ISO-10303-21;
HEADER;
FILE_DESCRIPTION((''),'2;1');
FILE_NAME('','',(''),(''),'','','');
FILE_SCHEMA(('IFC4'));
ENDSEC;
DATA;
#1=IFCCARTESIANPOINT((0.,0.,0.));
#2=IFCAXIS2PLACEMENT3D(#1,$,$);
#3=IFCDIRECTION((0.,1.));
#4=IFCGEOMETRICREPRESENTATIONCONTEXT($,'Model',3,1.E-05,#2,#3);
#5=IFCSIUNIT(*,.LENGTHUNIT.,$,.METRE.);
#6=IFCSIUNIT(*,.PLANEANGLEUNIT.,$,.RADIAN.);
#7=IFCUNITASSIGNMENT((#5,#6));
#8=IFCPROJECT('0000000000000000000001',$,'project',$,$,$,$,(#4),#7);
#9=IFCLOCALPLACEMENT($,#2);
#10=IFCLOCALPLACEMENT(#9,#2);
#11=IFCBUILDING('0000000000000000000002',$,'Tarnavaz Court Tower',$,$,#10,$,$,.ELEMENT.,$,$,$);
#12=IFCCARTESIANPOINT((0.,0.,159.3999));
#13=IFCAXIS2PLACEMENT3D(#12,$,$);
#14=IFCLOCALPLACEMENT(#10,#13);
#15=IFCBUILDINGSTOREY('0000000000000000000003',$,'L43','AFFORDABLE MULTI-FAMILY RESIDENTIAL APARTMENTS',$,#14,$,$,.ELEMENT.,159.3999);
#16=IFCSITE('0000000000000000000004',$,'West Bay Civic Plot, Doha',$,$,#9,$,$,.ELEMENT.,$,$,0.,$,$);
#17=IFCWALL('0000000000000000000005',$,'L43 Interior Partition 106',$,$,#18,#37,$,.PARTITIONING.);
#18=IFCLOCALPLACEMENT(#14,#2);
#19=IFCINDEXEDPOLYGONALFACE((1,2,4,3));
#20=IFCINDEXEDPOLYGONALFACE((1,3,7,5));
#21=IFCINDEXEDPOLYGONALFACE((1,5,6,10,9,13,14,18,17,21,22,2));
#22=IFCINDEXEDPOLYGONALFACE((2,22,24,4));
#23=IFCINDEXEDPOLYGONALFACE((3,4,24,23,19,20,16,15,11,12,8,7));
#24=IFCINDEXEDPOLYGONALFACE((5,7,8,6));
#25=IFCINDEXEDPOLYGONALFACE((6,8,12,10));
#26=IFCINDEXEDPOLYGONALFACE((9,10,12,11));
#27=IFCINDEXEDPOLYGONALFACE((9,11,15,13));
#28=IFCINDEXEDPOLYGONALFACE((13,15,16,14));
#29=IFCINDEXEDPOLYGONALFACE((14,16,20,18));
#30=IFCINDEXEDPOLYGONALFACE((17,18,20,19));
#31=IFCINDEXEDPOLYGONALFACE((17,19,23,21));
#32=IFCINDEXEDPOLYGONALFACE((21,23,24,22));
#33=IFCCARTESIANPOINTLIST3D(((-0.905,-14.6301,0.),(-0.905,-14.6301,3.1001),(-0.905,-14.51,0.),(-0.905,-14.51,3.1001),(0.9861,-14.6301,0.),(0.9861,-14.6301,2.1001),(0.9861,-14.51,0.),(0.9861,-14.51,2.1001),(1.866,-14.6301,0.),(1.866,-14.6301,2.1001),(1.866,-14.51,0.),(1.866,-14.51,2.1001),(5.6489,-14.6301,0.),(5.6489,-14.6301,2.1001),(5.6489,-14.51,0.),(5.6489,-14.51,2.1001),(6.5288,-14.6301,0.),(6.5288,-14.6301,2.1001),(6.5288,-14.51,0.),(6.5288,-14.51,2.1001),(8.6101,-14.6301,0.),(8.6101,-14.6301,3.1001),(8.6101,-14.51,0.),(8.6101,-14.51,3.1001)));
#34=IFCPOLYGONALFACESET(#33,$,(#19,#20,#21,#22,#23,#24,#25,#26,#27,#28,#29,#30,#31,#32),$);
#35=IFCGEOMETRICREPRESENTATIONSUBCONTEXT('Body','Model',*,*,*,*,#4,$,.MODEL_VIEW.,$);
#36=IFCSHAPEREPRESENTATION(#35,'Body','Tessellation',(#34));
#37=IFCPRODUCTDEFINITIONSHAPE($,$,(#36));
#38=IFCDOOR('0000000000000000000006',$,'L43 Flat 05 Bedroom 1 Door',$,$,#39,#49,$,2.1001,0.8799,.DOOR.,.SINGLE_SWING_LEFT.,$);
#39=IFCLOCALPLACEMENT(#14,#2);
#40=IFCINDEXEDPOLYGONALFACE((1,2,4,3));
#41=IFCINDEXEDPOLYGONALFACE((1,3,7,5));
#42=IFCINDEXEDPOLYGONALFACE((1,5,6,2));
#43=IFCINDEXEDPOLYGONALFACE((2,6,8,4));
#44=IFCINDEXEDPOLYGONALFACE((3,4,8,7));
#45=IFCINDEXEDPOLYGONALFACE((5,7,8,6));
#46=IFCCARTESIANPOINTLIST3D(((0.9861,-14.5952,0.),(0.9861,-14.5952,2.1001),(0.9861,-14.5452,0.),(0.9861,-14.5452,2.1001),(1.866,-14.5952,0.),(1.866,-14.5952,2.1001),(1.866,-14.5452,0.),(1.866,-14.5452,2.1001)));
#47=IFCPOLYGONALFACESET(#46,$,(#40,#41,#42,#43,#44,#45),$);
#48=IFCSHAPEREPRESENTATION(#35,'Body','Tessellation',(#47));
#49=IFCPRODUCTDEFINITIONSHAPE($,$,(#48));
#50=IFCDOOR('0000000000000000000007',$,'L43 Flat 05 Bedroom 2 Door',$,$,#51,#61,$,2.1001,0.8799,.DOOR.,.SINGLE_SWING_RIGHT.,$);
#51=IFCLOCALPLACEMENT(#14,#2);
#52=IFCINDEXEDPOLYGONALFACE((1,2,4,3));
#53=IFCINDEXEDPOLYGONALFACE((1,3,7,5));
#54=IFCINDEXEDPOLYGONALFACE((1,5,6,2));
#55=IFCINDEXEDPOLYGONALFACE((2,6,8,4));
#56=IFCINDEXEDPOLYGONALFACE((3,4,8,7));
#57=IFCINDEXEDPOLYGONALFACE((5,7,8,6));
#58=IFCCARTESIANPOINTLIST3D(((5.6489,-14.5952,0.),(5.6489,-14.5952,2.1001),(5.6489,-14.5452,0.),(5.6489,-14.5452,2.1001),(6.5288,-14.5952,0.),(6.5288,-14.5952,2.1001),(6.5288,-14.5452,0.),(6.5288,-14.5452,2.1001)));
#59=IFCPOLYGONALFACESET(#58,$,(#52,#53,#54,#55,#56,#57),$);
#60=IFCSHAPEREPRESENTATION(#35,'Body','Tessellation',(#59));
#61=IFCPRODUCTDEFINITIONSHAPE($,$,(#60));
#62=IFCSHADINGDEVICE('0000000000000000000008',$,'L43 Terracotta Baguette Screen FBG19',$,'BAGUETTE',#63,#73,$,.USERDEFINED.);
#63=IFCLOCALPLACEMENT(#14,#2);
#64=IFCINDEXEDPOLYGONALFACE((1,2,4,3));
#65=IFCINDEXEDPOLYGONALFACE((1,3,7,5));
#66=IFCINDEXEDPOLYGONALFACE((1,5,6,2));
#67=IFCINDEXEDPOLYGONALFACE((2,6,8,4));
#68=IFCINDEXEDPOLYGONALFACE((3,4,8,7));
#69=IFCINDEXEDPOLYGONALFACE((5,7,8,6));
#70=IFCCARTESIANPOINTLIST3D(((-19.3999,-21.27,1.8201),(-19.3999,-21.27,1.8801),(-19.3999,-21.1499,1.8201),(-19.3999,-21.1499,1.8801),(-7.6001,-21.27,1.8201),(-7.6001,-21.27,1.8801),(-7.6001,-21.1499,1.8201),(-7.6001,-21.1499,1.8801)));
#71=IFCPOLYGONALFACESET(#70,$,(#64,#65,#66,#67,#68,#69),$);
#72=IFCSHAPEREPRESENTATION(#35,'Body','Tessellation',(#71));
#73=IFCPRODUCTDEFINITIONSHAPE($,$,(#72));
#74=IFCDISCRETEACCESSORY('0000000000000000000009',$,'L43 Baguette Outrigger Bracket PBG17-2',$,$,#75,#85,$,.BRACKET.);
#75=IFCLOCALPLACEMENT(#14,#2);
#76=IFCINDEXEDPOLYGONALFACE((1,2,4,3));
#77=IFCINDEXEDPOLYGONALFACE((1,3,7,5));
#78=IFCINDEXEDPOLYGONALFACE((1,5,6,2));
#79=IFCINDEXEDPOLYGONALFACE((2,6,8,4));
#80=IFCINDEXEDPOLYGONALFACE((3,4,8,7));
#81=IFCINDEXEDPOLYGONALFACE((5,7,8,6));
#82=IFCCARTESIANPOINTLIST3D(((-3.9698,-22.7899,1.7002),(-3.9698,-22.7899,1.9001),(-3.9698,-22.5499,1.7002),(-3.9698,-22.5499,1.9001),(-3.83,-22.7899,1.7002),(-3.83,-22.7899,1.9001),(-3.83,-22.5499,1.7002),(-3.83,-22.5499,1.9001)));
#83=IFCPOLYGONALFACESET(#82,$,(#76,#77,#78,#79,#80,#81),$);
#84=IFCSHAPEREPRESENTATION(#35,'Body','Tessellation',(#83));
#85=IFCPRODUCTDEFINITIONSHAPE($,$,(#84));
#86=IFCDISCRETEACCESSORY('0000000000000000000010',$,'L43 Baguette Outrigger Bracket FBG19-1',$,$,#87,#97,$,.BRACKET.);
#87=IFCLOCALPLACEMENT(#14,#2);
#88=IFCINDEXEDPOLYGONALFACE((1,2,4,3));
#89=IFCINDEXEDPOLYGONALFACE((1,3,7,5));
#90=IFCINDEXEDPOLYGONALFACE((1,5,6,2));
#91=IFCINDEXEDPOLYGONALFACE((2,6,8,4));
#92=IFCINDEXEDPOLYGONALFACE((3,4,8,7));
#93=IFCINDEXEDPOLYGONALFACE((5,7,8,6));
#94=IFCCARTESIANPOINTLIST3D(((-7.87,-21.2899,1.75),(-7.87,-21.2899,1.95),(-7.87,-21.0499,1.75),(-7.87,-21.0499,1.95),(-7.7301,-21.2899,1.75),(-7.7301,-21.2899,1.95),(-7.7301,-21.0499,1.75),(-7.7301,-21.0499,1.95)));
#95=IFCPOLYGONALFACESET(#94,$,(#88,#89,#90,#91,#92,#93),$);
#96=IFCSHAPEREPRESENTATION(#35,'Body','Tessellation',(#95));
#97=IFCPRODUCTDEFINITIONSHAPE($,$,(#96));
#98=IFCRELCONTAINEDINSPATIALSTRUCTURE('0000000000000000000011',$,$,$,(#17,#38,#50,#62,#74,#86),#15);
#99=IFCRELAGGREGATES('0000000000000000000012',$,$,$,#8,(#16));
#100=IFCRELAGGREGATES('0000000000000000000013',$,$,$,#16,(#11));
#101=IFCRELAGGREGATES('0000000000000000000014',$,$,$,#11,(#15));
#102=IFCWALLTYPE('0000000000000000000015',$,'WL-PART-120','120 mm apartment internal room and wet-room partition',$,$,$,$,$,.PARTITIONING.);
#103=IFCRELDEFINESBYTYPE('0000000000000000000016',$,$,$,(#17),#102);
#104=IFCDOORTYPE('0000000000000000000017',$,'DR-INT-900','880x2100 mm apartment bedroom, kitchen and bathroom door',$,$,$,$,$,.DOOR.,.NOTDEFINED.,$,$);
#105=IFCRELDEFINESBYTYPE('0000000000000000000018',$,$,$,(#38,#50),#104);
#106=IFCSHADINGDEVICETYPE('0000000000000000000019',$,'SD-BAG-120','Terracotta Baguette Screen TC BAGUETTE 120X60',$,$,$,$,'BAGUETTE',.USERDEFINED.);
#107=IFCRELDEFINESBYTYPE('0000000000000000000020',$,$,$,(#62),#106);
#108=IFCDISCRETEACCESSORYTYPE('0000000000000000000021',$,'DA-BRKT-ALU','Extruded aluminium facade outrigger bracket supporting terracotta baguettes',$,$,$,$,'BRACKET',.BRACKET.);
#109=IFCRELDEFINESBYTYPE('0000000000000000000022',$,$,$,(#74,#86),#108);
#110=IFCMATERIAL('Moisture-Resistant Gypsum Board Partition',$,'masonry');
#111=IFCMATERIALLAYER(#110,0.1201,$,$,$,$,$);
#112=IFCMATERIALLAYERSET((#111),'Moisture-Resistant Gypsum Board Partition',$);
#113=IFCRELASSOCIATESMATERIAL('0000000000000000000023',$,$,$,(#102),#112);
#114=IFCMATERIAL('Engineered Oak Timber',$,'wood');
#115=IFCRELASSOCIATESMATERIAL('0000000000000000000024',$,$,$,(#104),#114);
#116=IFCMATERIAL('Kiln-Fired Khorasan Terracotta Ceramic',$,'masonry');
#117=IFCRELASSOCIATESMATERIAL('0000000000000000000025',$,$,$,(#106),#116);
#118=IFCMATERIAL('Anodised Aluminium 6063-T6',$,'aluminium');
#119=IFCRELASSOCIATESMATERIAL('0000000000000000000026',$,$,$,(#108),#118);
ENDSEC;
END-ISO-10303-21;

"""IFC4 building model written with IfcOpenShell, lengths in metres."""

from ifc_helpers import new_model, si_unit, direction, frame, frame_2d, origin, origin_2d, place, context, subcontext, project, spatial, rectangle, extrude, material, layer, layer_set, material_profile, profile_set, type_object, element, fill, save


model = new_model("IFC4")

# Units and contexts
model_context = context("Model", 3, precision=1e-05, world=origin(), true_north=direction((0.0, 1.0)))
body_context = subcontext(model_context, "Body", "Model", "MODEL_VIEW")
ifc_project = project(units=[si_unit("LENGTHUNIT", "METRE"), si_unit("PLANEANGLEUNIT", "RADIAN")], contexts=[model_context])

# Site, building, storey
site_placement = place(None, origin())
site = spatial("IfcSite", under=ifc_project, at=site_placement, Name="West Bay Civic Plot, Doha", CompositionType="ELEMENT", RefElevation=0.0)
building_placement = place(site_placement, origin())
building = spatial("IfcBuilding", under=site, at=building_placement, Name="Tarnavaz Court Tower", CompositionType="ELEMENT")
storey_placement = place(building_placement, frame((0.0, 0.0, 159.3999)))
storey = spatial("IfcBuildingStorey", under=building, at=storey_placement, Name="L43", Description="AFFORDABLE MULTI-FAMILY RESIDENTIAL APARTMENTS", CompositionType="ELEMENT", Elevation=159.3999)

# Shared definitions
ifc_material_1 = material(Name="Anodised Aluminium 6063-T6", Category="aluminium")

# Shared definitions
ifc_material_2 = material(Name="Moisture-Resistant Gypsum Board Partition", Category="masonry")
ifc_layer_1 = layer(ifc_material_2, 0.1201)
ifc_layer_set_1 = layer_set([ifc_layer_1], Name="Moisture-Resistant Gypsum Board Partition")
wall_type_1 = type_object("IfcWallType", Name="WL-PART-120", Description="120 mm apartment internal room and wet-room partition", PredefinedType="PARTITIONING", material=ifc_layer_set_1)
ifc_material_3 = material(Name="Engineered Oak Timber", Category="wood")
door_type = type_object("IfcDoorType", Name="DR-INT-900", Description="880x2100 mm apartment bedroom, kitchen and bathroom door", OperationType="NOTDEFINED", PredefinedType="DOOR", material=ifc_material_3)

# Wall, openings, doors
wall_1_placement = place(storey_placement, frame((-0.905, -14.5701, 0.0), z_axis=(0.0, 0.0, 1.0), x_axis=(1.0, 0.0, 0.0)))
wall_1 = element("IfcWall", 1, at=wall_1_placement, inside=storey, type_object=wall_type_1, Name="L43 Interior Partition 106", PredefinedType="PARTITIONING", context=body_context, shape_type="SweptSolid", body=[
    extrude(rectangle(XDim=9.5151, YDim=0.1201, at=frame_2d((4.7576, 0.0))), origin(), (0.0, 0.0, 1.0), 3.1001),
])
opening_1_placement = place(wall_1_placement, frame((1.8911, 0.0, 0.0)))
opening_1 = element("IfcOpeningElement", 2, at=opening_1_placement, cuts=wall_1, PredefinedType="OPENING", context=body_context, shape_type="SweptSolid", body=[
    extrude(rectangle(XDim=0.8799, YDim=2.1001, at=frame_2d((0.4399, 1.05))), frame((0.0, 0.0701, 0.0), z_axis=(0.0, -1.0, 0.0), x_axis=(1.0, 0.0, 0.0)), (0.0, 0.0, 1.0), 0.1401),
])
opening_2_placement = place(wall_1_placement, frame((6.554, 0.0, 0.0)))
opening_2 = element("IfcOpeningElement", 3, at=opening_2_placement, cuts=wall_1, PredefinedType="OPENING", context=body_context, shape_type="SweptSolid", body=[
    extrude(rectangle(XDim=0.8799, YDim=2.1001, at=frame_2d((0.4399, 1.05))), frame((0.0, 0.0701, 0.0), z_axis=(0.0, -1.0, 0.0), x_axis=(1.0, 0.0, 0.0)), (0.0, 0.0, 1.0), 0.1401),
])
door_1_placement = place(opening_1_placement, origin())
door_1 = element("IfcDoor", 4, at=door_1_placement, inside=storey, type_object=door_type, Name="L43 Flat 05 Bedroom 1 Door", OperationType="SINGLE_SWING_LEFT", OverallHeight=2.1001, OverallWidth=0.8799, PredefinedType="DOOR", context=body_context, shape_type="SweptSolid", body=[
    extrude(rectangle(XDim=0.8799, YDim=2.1001, at=frame_2d((0.4399, 1.05))), frame((0.0, 0.0249, 0.0), z_axis=(0.0, -1.0, 0.0), x_axis=(1.0, 0.0, 0.0)), (0.0, 0.0, 1.0), 0.05),
])
fill(opening_1, door_1)
door_2_placement = place(opening_2_placement, origin())
door_2 = element("IfcDoor", 5, at=door_2_placement, inside=storey, type_object=door_type, Name="L43 Flat 05 Bedroom 2 Door", OperationType="SINGLE_SWING_RIGHT", OverallHeight=2.1001, OverallWidth=0.8799, PredefinedType="DOOR", context=body_context, shape_type="SweptSolid", body=[
    extrude(rectangle(XDim=0.8799, YDim=2.1001, at=frame_2d((0.4399, 1.05))), frame((0.0, 0.0249, 0.0), z_axis=(0.0, -1.0, 0.0), x_axis=(1.0, 0.0, 0.0)), (0.0, 0.0, 1.0), 0.05),
])
fill(opening_2, door_2)

# Shading device
ifc_material_4 = material(Name="Kiln-Fired Khorasan Terracotta Ceramic", Category="masonry")
ifc_material_profile_1 = material_profile(ifc_material_4, rectangle(XDim=0.1201, YDim=0.0601, at=origin_2d()), Name="TC BAGUETTE 120X60")
ifc_profile_set_1 = profile_set([ifc_material_profile_1], Name="Kiln-Fired Khorasan Terracotta Ceramic")
shading_device_type = type_object("IfcShadingDeviceType", Name="SD-BAG-120", Description="Terracotta Baguette Screen TC BAGUETTE 120X60", ElementType="BAGUETTE", PredefinedType="USERDEFINED", material=ifc_profile_set_1)
shading_device_placement = place(storey_placement, frame((-7.6001, -21.21, 1.8501), z_axis=(-1.0, 0.0, 0.0), x_axis=(0.0, -1.0, 0.0)))
element("IfcShadingDevice", 6, at=shading_device_placement, inside=storey, type_object=shading_device_type, Name="L43 Terracotta Baguette Screen FBG19", ObjectType="BAGUETTE", PredefinedType="USERDEFINED", context=body_context, shape_type="SweptSolid", body=[
    extrude(rectangle(XDim=0.1201, YDim=0.0601, at=origin_2d()), origin(), (0.0, 0.0, 1.0), 11.7998),
])

# Discrete accessories
discrete_accessory_type = type_object("IfcDiscreteAccessoryType", Name="DA-BRKT-ALU", Description="Extruded aluminium facade outrigger bracket supporting terracotta baguettes", ElementType="BRACKET", PredefinedType="BRACKET", material=ifc_material_1)
for number, where, z_axis, x_axis, name in (
    (7, (-3.8999, -22.6699, 1.7002), (0.0, 0.0, 1.0), (-1.0, 0.0, 0.0), "L43 Baguette Outrigger Bracket PBG17-2"),
    (8, (-7.8, -21.1699, 1.75), (0.0, 0.0, 1.0), (-1.0, 0.0, 0.0), "L43 Baguette Outrigger Bracket FBG19-1"),
):
    element("IfcDiscreteAccessory", number, at=place(storey_placement, frame(where, z_axis=z_axis, x_axis=x_axis)), inside=storey, type_object=discrete_accessory_type, Name=name, PredefinedType="BRACKET", context=body_context, shape_type="SweptSolid", body=[
        extrude(rectangle(XDim=0.1399, YDim=0.24, at=origin_2d()), origin(), (0.0, 0.0, 1.0), 0.2),
    ])

save(model, "model.ifc")
